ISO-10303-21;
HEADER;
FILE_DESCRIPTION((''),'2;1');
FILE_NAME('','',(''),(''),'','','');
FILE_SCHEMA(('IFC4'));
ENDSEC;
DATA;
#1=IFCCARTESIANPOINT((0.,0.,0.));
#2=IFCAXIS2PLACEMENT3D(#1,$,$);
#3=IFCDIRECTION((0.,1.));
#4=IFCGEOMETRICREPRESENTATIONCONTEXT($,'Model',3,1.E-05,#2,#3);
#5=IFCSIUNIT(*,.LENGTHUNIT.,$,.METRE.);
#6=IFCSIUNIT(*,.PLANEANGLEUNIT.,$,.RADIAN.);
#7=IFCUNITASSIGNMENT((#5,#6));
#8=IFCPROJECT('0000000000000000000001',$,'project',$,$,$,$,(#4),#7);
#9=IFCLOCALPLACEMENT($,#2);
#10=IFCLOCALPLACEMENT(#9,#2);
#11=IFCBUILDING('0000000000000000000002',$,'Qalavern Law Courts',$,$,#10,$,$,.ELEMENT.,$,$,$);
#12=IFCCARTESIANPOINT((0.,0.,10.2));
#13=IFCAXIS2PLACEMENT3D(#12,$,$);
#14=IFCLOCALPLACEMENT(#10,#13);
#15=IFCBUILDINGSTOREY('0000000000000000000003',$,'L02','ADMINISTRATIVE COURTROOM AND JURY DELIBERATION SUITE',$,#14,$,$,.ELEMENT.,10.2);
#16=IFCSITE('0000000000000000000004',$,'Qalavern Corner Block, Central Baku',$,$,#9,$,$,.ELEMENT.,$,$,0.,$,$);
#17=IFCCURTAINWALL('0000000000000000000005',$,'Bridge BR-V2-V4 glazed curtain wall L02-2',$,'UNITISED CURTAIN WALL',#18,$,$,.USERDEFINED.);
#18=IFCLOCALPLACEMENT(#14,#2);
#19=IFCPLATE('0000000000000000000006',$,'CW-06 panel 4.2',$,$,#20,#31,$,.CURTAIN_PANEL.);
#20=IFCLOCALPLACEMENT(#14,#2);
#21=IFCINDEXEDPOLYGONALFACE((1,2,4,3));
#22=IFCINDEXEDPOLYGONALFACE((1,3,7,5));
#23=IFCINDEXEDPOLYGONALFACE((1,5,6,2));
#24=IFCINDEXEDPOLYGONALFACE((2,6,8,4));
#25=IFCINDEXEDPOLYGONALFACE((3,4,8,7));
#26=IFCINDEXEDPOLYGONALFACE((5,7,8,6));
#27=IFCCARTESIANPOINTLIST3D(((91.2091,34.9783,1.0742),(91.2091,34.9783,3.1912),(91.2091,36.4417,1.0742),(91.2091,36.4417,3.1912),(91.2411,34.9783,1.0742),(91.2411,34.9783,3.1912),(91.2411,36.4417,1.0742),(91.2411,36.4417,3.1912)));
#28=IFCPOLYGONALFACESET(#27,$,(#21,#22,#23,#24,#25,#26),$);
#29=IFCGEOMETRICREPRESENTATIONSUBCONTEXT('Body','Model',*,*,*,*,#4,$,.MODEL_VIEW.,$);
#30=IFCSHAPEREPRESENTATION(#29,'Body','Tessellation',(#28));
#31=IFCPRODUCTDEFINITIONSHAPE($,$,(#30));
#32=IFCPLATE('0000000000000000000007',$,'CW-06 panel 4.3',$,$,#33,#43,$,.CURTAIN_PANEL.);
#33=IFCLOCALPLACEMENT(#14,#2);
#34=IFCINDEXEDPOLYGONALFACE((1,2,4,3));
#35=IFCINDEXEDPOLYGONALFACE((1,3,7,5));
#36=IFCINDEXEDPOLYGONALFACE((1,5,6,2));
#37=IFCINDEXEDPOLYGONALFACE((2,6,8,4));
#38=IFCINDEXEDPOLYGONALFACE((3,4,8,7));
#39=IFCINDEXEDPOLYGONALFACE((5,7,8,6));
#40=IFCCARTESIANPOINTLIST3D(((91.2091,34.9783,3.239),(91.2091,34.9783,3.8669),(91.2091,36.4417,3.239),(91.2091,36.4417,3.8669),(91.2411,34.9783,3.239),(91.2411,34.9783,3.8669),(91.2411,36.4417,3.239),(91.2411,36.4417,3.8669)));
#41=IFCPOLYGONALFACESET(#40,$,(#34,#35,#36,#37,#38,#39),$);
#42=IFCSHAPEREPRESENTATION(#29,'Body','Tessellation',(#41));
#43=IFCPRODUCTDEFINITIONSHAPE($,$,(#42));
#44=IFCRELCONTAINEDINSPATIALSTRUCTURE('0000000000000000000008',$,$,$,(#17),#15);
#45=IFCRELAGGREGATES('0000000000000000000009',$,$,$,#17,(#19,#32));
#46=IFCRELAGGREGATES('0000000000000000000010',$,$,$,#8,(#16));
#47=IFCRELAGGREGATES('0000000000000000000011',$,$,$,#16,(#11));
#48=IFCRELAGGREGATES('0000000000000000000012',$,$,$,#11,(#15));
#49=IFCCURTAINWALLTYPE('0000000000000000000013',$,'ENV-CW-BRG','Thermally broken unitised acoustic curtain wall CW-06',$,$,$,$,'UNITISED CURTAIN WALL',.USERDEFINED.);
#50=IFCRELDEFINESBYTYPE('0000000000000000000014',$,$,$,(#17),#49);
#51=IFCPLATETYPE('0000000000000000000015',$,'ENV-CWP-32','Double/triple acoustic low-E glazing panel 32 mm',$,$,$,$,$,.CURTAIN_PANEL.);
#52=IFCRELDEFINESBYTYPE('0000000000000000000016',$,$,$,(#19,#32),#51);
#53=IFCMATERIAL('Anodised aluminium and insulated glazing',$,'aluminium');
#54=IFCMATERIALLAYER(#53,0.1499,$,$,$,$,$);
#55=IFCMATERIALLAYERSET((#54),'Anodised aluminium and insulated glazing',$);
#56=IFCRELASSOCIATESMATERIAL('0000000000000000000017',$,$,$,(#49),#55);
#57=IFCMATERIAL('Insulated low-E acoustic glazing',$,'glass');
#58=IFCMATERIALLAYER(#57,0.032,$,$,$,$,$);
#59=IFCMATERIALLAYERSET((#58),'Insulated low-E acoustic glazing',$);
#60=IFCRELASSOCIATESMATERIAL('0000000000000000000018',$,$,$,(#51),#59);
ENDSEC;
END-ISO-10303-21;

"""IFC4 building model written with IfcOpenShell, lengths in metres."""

from ifc_helpers import new_model, si_unit, direction, frame, origin, origin_2d, place, context, subcontext, project, spatial, rectangle, extrude, material, layer, layer_set, type_object, element, aggregate, save


model = new_model("IFC4")

# Units and contexts
model_context = context("Model", 3, precision=1e-05, world=origin(), true_north=direction((0.0, 1.0)))
body_context = subcontext(model_context, "Body", "Model", "MODEL_VIEW")
ifc_project = project(units=[si_unit("LENGTHUNIT", "METRE"), si_unit("PLANEANGLEUNIT", "RADIAN")], contexts=[model_context])

# Site, building, storey
site_placement = place(None, origin())
site = spatial("IfcSite", under=ifc_project, at=site_placement, Name="Qalavern Corner Block, Central Baku", CompositionType="ELEMENT", RefElevation=0.0)
building_placement = place(site_placement, origin())
building = spatial("IfcBuilding", under=site, at=building_placement, Name="Qalavern Law Courts", CompositionType="ELEMENT")
storey_placement = place(building_placement, frame((0.0, 0.0, 10.2)))
storey = spatial("IfcBuildingStorey", under=building, at=storey_placement, Name="L02", Description="ADMINISTRATIVE COURTROOM AND JURY DELIBERATION SUITE", CompositionType="ELEMENT", Elevation=10.2)

# Shared definitions
ifc_material_1 = material(Name="Anodised aluminium and insulated glazing", Category="aluminium")
ifc_layer_1 = layer(ifc_material_1, 0.1499)
ifc_layer_set_1 = layer_set([ifc_layer_1], Name="Anodised aluminium and insulated glazing")
curtain_wall_type = type_object("IfcCurtainWallType", Name="ENV-CW-BRG", Description="Thermally broken unitised acoustic curtain wall CW-06", ElementType="UNITISED CURTAIN WALL", PredefinedType="USERDEFINED", material=ifc_layer_set_1)

# Curtain wall
curtain_wall_1_placement = place(storey_placement, origin())
curtain_wall_1 = element("IfcCurtainWall", 1, at=curtain_wall_1_placement, inside=storey, type_object=curtain_wall_type, Name="Bridge BR-V2-V4 glazed curtain wall L02-2", ObjectType="UNITISED CURTAIN WALL", PredefinedType="USERDEFINED")

# Plates
ifc_material_2 = material(Name="Insulated low-E acoustic glazing", Category="glass")
ifc_layer_2 = layer(ifc_material_2, 0.032)
ifc_layer_set_2 = layer_set([ifc_layer_2], Name="Insulated low-E acoustic glazing")
plate_type = type_object("IfcPlateType", Name="ENV-CWP-32", Description="Double/triple acoustic low-E glazing panel 32 mm", PredefinedType="CURTAIN_PANEL", material=ifc_layer_set_2)
plate_1_placement = place(storey_placement, frame((91.2251, 35.71, 1.0742), z_axis=(0.0, 0.0, 1.0), x_axis=(0.0, 1.0, 0.0)))
plate_1 = element("IfcPlate", 2, at=plate_1_placement, type_object=plate_type, Name="CW-06 panel 4.2", PredefinedType="CURTAIN_PANEL", context=body_context, shape_type="SweptSolid", body=[
    extrude(rectangle(XDim=1.4634, YDim=0.032, at=origin_2d()), origin(), (0.0, 0.0, 1.0), 2.1169),
])
plate_2_placement = place(storey_placement, frame((91.2251, 35.71, 3.239), z_axis=(0.0, 0.0, 1.0), x_axis=(0.0, 1.0, 0.0)))
plate_2 = element("IfcPlate", 3, at=plate_2_placement, type_object=plate_type, Name="CW-06 panel 4.3", PredefinedType="CURTAIN_PANEL", context=body_context, shape_type="SweptSolid", body=[
    extrude(rectangle(XDim=1.4634, YDim=0.032, at=origin_2d()), origin(), (0.0, 0.0, 1.0), 0.6279),
])
aggregate(curtain_wall_1, [plate_1, plate_2])

save(model, "model.ifc")
